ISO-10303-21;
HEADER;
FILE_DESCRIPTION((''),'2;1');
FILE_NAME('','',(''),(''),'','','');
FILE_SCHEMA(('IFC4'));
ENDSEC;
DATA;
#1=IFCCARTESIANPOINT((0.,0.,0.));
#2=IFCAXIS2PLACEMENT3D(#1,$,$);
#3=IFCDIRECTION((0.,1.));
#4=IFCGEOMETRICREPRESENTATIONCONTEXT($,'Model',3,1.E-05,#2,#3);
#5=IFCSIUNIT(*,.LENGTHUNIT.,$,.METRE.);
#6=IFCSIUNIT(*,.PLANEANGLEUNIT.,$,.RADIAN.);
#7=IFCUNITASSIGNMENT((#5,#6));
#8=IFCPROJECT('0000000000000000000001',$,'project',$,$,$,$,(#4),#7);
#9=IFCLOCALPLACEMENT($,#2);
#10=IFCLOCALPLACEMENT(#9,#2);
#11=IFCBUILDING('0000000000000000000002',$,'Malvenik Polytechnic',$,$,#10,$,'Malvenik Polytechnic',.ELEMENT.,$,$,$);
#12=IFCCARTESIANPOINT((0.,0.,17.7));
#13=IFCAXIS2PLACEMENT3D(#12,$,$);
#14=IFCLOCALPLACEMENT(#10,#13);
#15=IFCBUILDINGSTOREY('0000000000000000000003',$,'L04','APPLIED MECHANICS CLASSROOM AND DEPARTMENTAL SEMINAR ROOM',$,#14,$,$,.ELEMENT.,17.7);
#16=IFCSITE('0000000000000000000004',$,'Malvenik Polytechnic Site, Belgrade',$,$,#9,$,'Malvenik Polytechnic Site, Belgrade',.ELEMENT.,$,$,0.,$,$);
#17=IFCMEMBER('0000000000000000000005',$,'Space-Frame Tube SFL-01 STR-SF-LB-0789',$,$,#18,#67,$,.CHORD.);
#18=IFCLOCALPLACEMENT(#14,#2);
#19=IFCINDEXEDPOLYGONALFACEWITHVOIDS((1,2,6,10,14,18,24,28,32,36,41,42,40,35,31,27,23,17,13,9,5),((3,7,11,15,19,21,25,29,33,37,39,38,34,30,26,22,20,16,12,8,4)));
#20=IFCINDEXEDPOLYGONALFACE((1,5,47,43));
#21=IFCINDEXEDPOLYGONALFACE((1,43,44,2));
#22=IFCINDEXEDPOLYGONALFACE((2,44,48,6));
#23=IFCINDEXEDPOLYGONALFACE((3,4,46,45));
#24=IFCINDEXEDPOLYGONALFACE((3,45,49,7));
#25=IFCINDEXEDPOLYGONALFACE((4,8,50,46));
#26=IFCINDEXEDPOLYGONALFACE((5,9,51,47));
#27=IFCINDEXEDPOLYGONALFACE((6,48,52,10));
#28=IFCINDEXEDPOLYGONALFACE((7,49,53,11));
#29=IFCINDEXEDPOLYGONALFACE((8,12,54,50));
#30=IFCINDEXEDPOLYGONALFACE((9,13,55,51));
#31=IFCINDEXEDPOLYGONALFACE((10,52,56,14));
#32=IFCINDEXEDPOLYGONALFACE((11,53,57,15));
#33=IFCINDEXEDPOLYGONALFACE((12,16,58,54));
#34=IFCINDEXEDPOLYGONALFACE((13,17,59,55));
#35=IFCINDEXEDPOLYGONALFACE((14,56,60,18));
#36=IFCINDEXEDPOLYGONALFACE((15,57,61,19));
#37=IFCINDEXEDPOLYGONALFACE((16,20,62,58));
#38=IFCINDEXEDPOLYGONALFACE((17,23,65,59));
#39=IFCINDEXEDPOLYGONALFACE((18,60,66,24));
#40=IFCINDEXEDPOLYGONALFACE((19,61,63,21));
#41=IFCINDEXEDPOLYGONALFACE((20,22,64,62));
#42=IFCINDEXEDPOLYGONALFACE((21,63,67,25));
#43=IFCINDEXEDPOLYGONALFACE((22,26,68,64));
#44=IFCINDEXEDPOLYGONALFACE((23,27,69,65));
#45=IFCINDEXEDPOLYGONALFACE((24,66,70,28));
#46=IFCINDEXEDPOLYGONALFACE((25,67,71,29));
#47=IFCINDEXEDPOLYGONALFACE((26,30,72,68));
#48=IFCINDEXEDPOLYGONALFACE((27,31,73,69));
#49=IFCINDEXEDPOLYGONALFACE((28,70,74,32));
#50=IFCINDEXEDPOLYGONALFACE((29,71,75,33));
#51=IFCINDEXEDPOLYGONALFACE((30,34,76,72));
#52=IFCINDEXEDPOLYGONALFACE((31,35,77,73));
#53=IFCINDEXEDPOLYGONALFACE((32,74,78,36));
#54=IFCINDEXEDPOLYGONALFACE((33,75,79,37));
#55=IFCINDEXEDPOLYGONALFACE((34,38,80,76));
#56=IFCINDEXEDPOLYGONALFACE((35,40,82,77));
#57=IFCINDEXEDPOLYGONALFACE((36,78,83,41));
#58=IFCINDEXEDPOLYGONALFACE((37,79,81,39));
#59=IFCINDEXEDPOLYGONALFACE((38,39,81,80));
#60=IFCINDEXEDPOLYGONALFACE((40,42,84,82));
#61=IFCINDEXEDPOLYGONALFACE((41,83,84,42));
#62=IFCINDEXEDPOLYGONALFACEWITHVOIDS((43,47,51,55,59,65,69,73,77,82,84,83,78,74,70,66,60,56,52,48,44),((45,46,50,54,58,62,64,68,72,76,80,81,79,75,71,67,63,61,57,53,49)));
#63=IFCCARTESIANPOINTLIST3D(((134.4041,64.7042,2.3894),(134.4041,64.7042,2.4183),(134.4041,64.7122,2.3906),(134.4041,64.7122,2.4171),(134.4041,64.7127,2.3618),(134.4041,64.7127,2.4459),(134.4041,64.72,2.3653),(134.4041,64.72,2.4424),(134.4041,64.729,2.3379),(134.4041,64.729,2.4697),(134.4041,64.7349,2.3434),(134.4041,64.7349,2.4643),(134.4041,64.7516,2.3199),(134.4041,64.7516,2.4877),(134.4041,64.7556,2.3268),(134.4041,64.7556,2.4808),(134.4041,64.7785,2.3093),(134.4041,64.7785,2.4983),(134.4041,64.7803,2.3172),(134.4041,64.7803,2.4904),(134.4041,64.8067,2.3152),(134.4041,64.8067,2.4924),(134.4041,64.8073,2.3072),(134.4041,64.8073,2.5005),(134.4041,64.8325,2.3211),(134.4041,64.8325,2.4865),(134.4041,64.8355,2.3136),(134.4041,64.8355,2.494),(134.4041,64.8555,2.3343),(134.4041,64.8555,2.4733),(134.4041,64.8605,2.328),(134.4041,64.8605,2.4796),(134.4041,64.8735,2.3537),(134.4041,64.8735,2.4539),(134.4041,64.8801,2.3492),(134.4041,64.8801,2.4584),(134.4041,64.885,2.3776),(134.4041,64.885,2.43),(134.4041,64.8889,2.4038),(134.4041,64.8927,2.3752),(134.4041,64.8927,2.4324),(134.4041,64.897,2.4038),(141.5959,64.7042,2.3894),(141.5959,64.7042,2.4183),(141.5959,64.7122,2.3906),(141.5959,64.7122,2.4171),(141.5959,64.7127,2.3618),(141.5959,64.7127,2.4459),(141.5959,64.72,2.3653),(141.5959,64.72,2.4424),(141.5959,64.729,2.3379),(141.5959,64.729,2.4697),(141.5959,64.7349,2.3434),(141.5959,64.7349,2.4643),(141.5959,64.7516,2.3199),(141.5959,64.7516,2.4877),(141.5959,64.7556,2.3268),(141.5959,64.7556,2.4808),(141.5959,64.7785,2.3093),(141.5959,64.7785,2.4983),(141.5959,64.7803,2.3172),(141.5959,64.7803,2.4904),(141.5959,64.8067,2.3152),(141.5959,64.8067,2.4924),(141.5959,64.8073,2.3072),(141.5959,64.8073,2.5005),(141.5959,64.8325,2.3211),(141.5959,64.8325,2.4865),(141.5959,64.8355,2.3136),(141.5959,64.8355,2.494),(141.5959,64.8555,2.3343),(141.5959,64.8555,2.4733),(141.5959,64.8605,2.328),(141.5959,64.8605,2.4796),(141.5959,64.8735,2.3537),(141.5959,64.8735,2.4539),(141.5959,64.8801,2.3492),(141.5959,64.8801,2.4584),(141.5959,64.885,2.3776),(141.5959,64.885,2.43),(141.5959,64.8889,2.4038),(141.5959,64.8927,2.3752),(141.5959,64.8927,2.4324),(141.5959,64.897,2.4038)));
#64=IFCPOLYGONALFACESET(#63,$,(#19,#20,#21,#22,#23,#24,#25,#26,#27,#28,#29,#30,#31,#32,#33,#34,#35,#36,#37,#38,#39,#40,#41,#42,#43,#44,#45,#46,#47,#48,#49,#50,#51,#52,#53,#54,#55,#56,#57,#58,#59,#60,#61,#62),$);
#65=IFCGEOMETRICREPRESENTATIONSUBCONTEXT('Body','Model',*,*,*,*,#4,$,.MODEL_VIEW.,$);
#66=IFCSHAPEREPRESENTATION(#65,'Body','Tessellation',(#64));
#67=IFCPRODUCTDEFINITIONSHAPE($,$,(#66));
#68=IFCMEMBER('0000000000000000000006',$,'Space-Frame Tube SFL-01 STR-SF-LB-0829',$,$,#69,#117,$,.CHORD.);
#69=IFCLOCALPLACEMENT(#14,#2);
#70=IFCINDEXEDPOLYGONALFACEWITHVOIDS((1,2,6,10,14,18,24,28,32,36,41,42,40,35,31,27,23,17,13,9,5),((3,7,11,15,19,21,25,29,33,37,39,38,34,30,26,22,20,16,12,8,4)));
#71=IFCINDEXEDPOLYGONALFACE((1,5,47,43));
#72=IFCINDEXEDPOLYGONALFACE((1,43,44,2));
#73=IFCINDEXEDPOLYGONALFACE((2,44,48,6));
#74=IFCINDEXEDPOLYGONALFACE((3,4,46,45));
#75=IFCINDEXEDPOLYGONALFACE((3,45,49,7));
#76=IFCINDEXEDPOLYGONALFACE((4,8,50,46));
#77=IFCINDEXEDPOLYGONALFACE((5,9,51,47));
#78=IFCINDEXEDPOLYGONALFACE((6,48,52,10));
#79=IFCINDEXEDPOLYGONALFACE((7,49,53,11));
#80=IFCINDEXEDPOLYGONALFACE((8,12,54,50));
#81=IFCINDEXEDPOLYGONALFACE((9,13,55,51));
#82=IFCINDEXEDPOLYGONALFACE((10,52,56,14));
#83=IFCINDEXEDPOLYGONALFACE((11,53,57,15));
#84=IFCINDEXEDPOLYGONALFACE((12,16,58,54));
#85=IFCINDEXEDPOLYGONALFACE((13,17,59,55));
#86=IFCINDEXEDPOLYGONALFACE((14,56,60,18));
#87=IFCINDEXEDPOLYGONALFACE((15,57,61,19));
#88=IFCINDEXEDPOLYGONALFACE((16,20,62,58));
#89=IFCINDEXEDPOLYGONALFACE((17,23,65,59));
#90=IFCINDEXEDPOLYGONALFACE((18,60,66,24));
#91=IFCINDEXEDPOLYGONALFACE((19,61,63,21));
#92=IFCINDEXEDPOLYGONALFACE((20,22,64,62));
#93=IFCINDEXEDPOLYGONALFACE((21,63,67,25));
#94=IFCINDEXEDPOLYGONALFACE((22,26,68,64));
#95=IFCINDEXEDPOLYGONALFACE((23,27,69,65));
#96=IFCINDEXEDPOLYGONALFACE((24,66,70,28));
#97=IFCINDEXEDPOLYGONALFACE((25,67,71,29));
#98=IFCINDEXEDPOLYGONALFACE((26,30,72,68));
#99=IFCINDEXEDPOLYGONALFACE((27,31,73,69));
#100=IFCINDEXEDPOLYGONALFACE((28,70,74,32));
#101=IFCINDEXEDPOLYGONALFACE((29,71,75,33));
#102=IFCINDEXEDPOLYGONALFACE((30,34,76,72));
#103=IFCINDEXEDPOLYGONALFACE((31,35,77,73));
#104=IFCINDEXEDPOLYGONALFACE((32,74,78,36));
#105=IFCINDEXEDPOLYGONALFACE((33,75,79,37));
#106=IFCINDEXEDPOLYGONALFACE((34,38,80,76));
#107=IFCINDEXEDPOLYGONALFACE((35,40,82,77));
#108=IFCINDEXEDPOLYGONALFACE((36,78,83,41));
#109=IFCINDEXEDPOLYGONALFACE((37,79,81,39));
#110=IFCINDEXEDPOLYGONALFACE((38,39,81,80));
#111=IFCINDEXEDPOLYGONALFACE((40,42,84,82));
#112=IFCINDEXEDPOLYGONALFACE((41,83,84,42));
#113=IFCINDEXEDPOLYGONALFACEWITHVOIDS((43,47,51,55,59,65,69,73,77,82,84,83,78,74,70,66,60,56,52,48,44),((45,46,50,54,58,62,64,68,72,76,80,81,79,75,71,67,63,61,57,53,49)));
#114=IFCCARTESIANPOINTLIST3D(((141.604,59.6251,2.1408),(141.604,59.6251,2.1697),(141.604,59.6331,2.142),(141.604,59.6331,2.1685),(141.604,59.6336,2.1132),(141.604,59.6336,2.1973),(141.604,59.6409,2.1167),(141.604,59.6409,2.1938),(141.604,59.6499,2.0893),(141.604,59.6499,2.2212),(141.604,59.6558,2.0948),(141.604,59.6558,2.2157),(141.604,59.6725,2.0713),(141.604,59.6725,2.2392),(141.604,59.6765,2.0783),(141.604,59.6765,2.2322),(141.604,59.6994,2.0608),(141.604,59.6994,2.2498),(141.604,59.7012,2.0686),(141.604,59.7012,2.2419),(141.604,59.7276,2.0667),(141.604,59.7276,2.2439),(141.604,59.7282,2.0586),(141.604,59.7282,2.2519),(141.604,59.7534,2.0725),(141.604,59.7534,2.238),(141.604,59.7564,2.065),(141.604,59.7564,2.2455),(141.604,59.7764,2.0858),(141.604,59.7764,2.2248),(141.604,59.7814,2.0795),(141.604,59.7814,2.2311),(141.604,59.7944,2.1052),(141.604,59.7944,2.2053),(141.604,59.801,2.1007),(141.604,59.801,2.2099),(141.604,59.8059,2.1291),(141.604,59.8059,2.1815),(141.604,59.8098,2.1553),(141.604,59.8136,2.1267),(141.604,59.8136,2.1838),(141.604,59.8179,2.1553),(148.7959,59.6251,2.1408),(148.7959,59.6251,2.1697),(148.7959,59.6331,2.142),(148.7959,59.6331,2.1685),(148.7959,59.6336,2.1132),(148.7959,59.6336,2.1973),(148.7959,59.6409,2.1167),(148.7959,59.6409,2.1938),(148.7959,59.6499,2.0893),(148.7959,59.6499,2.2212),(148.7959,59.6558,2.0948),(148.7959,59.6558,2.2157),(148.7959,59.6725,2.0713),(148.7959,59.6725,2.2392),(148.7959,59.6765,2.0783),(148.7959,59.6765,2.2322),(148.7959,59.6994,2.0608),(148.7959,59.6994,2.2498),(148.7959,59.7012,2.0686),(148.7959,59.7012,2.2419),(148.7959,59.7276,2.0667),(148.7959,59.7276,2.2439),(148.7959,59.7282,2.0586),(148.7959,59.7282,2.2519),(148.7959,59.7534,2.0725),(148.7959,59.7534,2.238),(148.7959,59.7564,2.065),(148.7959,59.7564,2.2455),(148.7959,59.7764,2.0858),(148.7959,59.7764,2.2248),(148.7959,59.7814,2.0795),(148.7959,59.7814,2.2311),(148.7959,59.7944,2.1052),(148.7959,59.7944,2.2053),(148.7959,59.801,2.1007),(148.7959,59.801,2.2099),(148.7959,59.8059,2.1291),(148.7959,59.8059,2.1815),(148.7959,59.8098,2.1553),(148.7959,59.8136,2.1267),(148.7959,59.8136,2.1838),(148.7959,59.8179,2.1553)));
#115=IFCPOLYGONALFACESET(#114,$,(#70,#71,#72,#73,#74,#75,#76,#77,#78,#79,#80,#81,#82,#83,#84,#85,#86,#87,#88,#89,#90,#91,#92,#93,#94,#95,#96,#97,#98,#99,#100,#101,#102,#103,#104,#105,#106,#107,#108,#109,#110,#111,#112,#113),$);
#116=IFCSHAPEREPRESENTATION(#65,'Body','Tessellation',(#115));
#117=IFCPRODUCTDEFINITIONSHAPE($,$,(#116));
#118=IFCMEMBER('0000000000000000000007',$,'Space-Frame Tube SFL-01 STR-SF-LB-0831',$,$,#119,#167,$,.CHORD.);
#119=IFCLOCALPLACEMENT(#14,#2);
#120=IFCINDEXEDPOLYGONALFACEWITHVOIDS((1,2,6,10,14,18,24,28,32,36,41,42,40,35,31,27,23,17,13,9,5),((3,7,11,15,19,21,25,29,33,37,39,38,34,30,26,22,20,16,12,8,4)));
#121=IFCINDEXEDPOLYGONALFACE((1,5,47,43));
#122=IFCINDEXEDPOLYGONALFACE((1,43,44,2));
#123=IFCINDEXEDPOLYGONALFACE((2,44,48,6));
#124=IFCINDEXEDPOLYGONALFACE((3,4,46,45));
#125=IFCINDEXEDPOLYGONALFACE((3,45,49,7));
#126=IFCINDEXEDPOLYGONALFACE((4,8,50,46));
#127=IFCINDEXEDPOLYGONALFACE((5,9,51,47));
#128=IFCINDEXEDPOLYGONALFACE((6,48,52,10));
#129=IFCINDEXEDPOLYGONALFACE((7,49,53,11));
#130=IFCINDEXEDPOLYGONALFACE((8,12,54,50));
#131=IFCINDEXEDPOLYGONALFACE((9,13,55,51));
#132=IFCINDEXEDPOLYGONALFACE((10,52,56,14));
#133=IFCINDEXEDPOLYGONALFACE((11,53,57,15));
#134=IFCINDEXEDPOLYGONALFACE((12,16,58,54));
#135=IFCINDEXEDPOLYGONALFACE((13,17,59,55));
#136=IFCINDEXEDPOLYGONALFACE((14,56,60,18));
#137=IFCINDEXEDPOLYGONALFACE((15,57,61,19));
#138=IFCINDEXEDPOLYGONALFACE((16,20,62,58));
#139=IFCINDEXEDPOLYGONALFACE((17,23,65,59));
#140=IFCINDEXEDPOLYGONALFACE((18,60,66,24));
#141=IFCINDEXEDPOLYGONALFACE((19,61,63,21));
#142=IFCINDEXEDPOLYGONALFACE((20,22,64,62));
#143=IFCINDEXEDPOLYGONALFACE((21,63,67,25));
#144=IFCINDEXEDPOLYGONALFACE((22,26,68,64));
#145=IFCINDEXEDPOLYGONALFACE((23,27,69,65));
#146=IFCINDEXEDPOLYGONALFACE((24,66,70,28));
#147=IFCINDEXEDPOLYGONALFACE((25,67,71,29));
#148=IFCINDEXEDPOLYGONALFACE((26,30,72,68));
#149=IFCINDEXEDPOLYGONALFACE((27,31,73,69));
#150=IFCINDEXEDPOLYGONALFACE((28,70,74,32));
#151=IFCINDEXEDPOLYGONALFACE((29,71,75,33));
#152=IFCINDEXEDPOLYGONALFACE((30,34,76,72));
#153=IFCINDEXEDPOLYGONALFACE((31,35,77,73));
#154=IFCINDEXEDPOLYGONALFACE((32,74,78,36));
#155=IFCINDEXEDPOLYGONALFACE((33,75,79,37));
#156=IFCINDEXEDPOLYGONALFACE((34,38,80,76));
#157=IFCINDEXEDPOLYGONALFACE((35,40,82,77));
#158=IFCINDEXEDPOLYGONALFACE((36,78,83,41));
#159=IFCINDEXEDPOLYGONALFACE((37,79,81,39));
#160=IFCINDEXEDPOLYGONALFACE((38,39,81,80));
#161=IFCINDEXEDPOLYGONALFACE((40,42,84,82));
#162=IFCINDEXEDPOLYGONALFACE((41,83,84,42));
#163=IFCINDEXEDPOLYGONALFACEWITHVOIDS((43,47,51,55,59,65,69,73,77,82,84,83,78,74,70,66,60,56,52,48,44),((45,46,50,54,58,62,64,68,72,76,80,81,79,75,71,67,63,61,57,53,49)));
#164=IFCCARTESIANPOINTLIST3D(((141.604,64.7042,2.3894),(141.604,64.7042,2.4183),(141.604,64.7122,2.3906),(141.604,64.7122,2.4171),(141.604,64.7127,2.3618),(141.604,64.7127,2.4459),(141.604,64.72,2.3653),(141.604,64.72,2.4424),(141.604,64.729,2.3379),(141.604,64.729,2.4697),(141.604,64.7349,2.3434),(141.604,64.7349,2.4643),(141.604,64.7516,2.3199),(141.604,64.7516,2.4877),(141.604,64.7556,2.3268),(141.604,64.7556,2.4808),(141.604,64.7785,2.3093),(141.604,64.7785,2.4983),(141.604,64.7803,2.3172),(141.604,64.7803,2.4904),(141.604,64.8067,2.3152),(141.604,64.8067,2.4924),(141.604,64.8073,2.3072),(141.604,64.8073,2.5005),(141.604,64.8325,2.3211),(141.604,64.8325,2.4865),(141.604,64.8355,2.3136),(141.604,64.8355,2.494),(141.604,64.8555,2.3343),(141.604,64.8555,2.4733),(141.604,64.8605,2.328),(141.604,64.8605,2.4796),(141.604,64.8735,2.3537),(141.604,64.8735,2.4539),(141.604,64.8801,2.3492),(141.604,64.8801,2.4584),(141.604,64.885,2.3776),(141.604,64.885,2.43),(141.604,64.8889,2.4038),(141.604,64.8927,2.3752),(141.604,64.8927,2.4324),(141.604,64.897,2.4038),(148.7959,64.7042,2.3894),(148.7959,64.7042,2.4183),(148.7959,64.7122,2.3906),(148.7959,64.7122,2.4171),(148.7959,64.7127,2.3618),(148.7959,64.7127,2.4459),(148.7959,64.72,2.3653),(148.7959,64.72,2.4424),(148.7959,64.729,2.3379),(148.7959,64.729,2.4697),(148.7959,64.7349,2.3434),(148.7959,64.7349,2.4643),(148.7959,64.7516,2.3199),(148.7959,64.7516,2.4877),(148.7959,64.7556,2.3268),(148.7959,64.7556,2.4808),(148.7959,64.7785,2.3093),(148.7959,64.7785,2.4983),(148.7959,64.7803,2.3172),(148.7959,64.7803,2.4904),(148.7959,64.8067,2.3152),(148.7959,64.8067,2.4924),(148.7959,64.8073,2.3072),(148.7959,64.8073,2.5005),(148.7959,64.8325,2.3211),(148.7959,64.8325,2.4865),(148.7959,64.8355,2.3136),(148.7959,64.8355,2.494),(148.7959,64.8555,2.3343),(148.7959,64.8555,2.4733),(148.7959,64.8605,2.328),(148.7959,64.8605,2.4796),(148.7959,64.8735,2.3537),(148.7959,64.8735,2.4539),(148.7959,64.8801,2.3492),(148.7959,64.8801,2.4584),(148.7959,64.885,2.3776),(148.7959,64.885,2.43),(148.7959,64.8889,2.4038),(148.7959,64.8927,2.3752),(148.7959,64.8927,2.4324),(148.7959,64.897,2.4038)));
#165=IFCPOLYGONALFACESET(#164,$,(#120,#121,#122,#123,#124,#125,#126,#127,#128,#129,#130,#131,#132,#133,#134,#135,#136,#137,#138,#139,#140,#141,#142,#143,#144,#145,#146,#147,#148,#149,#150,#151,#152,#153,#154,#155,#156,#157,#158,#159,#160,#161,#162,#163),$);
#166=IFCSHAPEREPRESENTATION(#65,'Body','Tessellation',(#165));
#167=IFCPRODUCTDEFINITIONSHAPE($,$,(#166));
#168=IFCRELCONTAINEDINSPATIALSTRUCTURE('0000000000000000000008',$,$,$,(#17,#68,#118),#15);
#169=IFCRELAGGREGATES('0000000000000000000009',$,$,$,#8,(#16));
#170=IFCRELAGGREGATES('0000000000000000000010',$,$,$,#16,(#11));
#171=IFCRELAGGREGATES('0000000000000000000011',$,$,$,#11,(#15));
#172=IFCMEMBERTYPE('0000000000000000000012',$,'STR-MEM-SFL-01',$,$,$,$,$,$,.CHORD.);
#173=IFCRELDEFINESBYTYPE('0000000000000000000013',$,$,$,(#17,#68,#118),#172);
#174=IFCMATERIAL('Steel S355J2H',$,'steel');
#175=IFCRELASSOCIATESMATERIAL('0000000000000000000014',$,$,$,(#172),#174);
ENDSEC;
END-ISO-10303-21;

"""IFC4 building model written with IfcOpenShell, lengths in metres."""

from ifc_helpers import new_model, si_unit, direction, frame, origin, origin_2d, place, context, subcontext, project, spatial, hollow_circle, extrude, material, material_profile, profile_set, type_object, element, save


model = new_model("IFC4")

# Units and contexts
model_context = context("Model", 3, precision=1e-05, world=origin(), true_north=direction((0.0, 1.0)))
body_context = subcontext(model_context, "Body", "Model", "MODEL_VIEW")
ifc_project = project(units=[si_unit("LENGTHUNIT", "METRE"), si_unit("PLANEANGLEUNIT", "RADIAN")], contexts=[model_context])

# Site, building, storey
site_placement = place(None, origin())
site = spatial("IfcSite", under=ifc_project, at=site_placement, Name="Malvenik Polytechnic Site, Belgrade", LongName="Malvenik Polytechnic Site, Belgrade", CompositionType="ELEMENT", RefElevation=0.0)
building_placement = place(site_placement, origin())
building = spatial("IfcBuilding", under=site, at=building_placement, Name="Malvenik Polytechnic", LongName="Malvenik Polytechnic", CompositionType="ELEMENT")
storey_placement = place(building_placement, frame((0.0, 0.0, 17.7)))
storey = spatial("IfcBuildingStorey", under=building, at=storey_placement, Name="L04", Description="APPLIED MECHANICS CLASSROOM AND DEPARTMENTAL SEMINAR ROOM", CompositionType="ELEMENT", Elevation=17.7)

# Members
ifc_material = material(Name="Steel S355J2H", Category="steel")
ifc_material_profile_1 = material_profile(ifc_material, hollow_circle(Radius=0.0969, WallThickness=0.0081, at=origin_2d()), Name="CHS 193.7x8.0")
ifc_profile_set_1 = profile_set([ifc_material_profile_1], Name="Steel S355J2H")
member_type_1 = type_object("IfcMemberType", Name="STR-MEM-SFL-01", PredefinedType="CHORD", material=ifc_profile_set_1)
for number, where, z_axis, x_axis, name in (
    (1, (134.4041, 64.8, 2.4038), (1.0, 0.0, 0.0), (0.0, 1.0, 0.0), "Space-Frame Tube SFL-01 STR-SF-LB-0789"),
    (2, (141.604, 59.7209, 2.1553), (1.0, 0.0, 0.0), (0.0, 1.0, 0.0), "Space-Frame Tube SFL-01 STR-SF-LB-0829"),
    (3, (141.604, 64.8, 2.4038), (1.0, 0.0, 0.0), (0.0, 1.0, 0.0), "Space-Frame Tube SFL-01 STR-SF-LB-0831"),
):
    element("IfcMember", number, at=place(storey_placement, frame(where, z_axis=z_axis, x_axis=x_axis)), inside=storey, type_object=member_type_1, Name=name, PredefinedType="CHORD", context=body_context, shape_type="SweptSolid", body=[
        extrude(hollow_circle(Radius=0.0969, WallThickness=0.0081, at=origin_2d()), origin(), (0.0, 0.0, 1.0), 7.1919),
    ])

save(model, "model.ifc")
